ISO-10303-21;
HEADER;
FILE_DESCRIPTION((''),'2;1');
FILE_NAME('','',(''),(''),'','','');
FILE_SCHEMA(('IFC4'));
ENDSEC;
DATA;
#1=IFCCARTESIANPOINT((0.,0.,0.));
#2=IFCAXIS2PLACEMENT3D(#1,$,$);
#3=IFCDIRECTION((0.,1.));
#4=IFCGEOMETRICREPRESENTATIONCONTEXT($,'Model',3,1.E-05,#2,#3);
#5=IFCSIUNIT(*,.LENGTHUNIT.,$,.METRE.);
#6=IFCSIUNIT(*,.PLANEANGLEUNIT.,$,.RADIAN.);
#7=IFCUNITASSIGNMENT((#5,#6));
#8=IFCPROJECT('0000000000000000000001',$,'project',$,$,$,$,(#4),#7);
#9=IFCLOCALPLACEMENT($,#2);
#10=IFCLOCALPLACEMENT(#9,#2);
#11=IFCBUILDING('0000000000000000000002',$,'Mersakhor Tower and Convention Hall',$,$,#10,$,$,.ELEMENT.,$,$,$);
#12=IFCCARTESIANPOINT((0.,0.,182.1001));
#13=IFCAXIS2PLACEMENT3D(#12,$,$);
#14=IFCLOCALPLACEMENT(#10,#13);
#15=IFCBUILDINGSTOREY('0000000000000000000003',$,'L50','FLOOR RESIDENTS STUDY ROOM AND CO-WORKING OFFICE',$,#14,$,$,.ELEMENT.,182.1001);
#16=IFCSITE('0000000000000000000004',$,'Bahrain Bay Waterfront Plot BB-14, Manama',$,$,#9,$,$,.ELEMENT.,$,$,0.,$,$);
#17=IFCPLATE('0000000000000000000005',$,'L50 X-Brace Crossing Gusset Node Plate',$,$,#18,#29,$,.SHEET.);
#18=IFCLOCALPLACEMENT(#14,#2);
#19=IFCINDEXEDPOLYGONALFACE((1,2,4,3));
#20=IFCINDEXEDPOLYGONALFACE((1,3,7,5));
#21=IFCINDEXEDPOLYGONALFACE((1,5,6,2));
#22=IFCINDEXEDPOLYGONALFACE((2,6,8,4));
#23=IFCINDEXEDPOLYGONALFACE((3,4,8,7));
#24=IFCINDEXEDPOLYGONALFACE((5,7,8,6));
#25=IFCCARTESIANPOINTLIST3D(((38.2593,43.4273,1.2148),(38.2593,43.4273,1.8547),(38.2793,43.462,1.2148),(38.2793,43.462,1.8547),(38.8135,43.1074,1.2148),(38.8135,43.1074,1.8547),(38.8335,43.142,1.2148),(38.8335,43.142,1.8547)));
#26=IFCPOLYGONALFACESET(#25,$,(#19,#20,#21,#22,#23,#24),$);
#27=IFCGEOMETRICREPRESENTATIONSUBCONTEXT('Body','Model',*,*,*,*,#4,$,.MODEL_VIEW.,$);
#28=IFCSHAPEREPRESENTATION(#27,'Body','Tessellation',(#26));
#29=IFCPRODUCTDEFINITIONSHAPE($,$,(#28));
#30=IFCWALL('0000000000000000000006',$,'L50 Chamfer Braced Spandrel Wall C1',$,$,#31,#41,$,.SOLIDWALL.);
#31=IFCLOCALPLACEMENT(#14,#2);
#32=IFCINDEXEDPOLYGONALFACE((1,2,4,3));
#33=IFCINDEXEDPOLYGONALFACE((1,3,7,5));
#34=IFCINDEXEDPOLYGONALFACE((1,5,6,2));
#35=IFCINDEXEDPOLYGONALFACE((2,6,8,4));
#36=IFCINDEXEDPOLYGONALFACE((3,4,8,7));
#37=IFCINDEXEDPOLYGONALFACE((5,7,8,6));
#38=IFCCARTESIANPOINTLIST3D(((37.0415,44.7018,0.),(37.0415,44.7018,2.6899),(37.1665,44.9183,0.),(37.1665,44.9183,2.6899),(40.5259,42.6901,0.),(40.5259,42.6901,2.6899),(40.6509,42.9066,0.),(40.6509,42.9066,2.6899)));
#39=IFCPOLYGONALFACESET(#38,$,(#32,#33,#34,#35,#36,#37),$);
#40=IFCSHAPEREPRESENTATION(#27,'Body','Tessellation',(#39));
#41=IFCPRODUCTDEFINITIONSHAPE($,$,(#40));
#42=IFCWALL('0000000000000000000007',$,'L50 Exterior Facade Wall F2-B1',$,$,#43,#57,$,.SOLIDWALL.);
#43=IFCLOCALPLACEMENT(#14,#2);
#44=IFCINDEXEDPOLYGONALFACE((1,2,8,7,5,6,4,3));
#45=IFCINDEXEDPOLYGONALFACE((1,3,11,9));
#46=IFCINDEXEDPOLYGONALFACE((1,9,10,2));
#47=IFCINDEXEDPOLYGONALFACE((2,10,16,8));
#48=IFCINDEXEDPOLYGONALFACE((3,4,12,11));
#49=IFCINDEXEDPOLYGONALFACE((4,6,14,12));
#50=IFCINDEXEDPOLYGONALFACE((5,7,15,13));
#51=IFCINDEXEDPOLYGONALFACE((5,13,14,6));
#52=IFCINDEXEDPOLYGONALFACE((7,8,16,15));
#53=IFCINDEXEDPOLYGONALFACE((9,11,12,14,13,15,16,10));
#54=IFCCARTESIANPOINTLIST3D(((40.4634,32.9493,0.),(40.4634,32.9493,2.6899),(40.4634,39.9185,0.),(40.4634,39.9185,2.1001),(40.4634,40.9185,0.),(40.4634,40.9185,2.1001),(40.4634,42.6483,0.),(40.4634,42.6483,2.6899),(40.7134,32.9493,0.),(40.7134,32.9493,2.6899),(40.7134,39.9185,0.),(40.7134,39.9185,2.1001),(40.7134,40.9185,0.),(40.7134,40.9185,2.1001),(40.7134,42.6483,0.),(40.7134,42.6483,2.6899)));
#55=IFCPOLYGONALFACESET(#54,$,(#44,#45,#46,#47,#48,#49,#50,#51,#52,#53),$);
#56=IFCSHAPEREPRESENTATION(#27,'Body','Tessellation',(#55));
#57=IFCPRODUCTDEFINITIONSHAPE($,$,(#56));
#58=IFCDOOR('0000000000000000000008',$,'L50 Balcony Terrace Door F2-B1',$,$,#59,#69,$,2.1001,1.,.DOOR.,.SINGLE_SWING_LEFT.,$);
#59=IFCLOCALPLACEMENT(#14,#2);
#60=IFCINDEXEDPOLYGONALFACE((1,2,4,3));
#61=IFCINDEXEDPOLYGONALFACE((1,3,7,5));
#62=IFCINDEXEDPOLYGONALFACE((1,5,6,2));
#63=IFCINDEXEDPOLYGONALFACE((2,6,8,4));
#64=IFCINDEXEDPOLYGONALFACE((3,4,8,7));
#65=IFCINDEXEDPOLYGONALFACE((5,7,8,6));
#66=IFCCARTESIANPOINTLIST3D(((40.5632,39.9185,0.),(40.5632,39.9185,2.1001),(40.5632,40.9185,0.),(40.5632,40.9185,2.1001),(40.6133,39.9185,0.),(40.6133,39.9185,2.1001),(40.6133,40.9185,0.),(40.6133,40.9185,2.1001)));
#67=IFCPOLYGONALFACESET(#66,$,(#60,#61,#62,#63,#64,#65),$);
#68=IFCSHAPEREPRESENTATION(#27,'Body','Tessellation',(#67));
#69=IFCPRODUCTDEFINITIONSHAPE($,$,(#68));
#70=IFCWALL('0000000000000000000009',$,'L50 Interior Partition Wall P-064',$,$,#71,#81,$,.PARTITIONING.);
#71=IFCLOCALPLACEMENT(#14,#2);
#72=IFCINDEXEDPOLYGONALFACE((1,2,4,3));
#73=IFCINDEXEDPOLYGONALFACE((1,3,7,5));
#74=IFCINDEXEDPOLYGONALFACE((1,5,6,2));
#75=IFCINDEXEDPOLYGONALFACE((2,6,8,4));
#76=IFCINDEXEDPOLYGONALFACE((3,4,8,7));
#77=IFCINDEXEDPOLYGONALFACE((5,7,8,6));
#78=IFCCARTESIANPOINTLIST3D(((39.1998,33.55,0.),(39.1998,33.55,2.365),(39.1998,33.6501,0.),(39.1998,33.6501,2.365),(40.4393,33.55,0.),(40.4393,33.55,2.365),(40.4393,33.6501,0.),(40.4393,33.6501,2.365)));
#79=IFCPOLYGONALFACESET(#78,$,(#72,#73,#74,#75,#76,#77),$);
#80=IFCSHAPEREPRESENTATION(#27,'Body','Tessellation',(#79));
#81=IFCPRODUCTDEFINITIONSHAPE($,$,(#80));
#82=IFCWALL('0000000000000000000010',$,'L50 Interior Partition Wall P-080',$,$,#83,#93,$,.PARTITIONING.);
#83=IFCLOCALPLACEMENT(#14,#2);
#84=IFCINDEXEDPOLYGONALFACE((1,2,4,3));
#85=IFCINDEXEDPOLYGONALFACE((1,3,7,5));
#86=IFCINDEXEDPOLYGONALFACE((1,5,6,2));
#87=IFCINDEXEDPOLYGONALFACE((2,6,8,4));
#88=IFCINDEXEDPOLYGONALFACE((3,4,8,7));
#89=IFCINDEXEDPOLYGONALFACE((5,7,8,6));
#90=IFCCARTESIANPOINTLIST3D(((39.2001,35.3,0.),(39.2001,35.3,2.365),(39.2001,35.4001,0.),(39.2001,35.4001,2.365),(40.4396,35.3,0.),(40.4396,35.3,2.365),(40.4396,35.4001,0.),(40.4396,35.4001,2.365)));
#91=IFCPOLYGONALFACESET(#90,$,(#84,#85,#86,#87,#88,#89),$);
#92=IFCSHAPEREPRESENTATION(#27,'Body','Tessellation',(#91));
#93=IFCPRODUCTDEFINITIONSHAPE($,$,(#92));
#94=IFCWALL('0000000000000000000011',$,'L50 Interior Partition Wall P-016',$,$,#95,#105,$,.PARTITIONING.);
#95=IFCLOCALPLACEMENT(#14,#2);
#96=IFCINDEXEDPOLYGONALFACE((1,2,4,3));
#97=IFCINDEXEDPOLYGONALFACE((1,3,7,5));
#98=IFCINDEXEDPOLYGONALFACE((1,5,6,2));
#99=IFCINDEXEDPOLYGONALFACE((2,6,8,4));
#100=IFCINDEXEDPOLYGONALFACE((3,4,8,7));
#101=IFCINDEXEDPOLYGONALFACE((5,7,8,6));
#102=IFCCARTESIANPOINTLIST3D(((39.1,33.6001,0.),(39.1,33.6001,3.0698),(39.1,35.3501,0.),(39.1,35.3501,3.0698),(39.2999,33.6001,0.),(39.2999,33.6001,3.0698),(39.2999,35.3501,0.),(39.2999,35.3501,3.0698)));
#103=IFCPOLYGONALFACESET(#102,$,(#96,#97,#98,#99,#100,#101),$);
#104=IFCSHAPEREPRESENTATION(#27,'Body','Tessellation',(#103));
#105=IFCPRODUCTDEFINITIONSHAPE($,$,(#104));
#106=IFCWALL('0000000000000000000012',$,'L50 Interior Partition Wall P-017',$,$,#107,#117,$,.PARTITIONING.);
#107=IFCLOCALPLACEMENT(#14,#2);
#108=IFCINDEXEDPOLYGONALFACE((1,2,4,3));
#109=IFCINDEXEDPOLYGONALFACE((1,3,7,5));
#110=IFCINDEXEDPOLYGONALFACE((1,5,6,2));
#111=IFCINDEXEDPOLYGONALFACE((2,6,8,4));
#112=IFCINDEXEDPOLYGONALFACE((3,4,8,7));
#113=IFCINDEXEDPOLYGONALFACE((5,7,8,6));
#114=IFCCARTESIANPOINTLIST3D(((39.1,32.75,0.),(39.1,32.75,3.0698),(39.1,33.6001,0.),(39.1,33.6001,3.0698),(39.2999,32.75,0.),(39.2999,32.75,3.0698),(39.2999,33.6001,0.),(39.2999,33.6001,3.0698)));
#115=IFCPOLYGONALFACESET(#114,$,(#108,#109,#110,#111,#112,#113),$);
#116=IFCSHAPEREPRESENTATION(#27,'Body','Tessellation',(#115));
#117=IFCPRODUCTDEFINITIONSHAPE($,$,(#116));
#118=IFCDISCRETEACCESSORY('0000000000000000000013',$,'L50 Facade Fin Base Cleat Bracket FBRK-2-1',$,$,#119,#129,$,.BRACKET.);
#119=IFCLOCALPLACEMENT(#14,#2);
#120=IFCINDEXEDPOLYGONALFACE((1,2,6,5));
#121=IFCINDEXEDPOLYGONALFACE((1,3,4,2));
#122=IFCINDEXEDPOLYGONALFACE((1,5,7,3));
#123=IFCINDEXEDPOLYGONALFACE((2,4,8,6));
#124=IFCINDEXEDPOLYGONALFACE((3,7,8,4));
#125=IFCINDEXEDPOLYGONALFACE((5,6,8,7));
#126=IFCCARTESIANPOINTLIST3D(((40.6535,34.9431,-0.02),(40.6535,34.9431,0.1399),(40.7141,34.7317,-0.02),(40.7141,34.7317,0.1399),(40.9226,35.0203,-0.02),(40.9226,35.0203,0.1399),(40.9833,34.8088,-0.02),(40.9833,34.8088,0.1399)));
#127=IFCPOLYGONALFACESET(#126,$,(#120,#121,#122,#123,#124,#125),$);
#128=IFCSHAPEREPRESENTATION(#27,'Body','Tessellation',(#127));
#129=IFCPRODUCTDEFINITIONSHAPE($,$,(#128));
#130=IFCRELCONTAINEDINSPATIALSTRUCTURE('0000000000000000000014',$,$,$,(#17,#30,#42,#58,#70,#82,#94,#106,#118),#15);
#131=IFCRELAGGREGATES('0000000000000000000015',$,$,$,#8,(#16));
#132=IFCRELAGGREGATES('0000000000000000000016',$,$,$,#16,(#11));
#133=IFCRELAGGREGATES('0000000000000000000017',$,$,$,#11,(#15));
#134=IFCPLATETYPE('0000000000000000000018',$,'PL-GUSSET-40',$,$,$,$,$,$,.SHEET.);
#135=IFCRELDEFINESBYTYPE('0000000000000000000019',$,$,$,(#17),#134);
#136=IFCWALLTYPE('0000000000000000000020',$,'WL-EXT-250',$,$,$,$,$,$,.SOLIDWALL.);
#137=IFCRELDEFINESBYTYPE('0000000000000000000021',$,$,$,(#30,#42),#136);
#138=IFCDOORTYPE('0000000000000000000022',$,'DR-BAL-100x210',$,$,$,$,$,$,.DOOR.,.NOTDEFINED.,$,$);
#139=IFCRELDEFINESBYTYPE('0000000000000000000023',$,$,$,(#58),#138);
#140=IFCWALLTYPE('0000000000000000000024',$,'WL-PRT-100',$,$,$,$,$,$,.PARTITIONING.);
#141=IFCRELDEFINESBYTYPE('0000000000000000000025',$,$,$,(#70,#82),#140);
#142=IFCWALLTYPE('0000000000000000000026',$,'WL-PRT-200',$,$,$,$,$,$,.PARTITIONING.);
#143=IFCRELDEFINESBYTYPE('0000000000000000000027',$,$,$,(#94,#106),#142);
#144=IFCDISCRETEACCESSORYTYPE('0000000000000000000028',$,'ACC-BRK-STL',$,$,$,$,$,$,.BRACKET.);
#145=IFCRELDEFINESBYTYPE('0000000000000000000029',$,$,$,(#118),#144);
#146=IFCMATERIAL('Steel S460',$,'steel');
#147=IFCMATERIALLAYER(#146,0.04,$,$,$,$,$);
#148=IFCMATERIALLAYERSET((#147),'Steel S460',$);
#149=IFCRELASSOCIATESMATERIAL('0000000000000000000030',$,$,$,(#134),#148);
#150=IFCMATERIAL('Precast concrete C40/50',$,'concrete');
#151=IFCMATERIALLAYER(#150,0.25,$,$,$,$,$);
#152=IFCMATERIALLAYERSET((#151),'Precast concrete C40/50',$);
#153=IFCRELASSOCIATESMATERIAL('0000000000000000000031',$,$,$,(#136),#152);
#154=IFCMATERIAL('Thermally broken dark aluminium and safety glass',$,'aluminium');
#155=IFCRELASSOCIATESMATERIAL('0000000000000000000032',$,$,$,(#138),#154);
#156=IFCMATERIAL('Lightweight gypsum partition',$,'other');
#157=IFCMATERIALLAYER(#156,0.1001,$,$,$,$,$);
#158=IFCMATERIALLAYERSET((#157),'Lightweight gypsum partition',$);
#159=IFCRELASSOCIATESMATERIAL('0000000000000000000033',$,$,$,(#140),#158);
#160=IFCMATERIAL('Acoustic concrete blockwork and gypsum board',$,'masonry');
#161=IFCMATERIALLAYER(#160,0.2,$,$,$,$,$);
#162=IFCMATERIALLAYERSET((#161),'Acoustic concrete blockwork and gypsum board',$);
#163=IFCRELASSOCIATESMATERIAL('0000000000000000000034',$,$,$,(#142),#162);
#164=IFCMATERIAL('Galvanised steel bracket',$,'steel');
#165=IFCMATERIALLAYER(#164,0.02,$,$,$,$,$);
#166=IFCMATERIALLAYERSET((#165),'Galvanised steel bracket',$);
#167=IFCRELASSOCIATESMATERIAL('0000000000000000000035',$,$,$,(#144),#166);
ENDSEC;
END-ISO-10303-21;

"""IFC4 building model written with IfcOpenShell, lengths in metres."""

from ifc_helpers import new_model, si_unit, direction, frame, frame_2d, origin, origin_2d, place, context, subcontext, project, spatial, rectangle, extrude, material, layer, layer_set, type_object, element, fill, save


model = new_model("IFC4")

# Units and contexts
model_context = context("Model", 3, precision=1e-05, world=origin(), true_north=direction((0.0, 1.0)))
body_context = subcontext(model_context, "Body", "Model", "MODEL_VIEW")
ifc_project = project(units=[si_unit("LENGTHUNIT", "METRE"), si_unit("PLANEANGLEUNIT", "RADIAN")], contexts=[model_context])

# Site, building, storey
site_placement = place(None, origin())
site = spatial("IfcSite", under=ifc_project, at=site_placement, Name="Bahrain Bay Waterfront Plot BB-14, Manama", CompositionType="ELEMENT", RefElevation=0.0)
building_placement = place(site_placement, origin())
building = spatial("IfcBuilding", under=site, at=building_placement, Name="Mersakhor Tower and Convention Hall", CompositionType="ELEMENT")
storey_placement = place(building_placement, frame((0.0, 0.0, 182.1001)))
storey = spatial("IfcBuildingStorey", under=building, at=storey_placement, Name="L50", Description="FLOOR RESIDENTS STUDY ROOM AND CO-WORKING OFFICE", CompositionType="ELEMENT", Elevation=182.1001)

# Plate
ifc_material_1 = material(Name="Steel S460", Category="steel")
ifc_layer_1 = layer(ifc_material_1, 0.04)
ifc_layer_set_1 = layer_set([ifc_layer_1], Name="Steel S460")
plate_type_1 = type_object("IfcPlateType", Name="PL-GUSSET-40", PredefinedType="SHEET", material=ifc_layer_set_1)
plate_1_placement = place(storey_placement, frame((38.5464, 43.2847, 1.2148), z_axis=(0.0, 0.0, 1.0), x_axis=(-0.866025, 0.5, 0.0)))
element("IfcPlate", 1, at=plate_1_placement, inside=storey, type_object=plate_type_1, Name="L50 X-Brace Crossing Gusset Node Plate", PredefinedType="SHEET", context=body_context, shape_type="SweptSolid", body=[
    extrude(rectangle(XDim=0.6399, YDim=0.04, at=origin_2d()), origin(), (0.0, 0.0, 1.0), 0.6399),
])

# Wall
ifc_material_2 = material(Name="Precast concrete C40/50", Category="concrete")
ifc_layer_2 = layer(ifc_material_2, 0.25)
ifc_layer_set_2 = layer_set([ifc_layer_2], Name="Precast concrete C40/50")
wall_type_1 = type_object("IfcWallType", Name="WL-EXT-250", PredefinedType="SOLIDWALL", material=ifc_layer_set_2)
wall_1_placement = place(storey_placement, frame((37.104, 44.8101, 0.0), z_axis=(0.0, 0.0, 1.0), x_axis=(0.866024, -0.500003, 0.0)))
element("IfcWall", 2, at=wall_1_placement, inside=storey, type_object=wall_type_1, Name="L50 Chamfer Braced Spandrel Wall C1", PredefinedType="SOLIDWALL", context=body_context, shape_type="SweptSolid", body=[
    extrude(rectangle(XDim=4.0234, YDim=0.25, at=frame_2d((2.0117, 0.0))), origin(), (0.0, 0.0, 1.0), 2.6899),
])

# Wall, opening, door
wall_2_placement = place(storey_placement, frame((40.5884, 42.6484, 0.0), z_axis=(0.0, 0.0, 1.0), x_axis=(0.0, -1.0, 0.0)))
wall_2 = element("IfcWall", 3, at=wall_2_placement, inside=storey, type_object=wall_type_1, Name="L50 Exterior Facade Wall F2-B1", PredefinedType="SOLIDWALL", context=body_context, shape_type="SweptSolid", body=[
    extrude(rectangle(XDim=9.699, YDim=0.25, at=frame_2d((4.8496, 0.0))), origin(), (0.0, 0.0, 1.0), 2.6899),
])
opening_placement = place(wall_2_placement, frame((1.73, 0.0, 0.0)))
opening = element("IfcOpeningElement", 4, at=opening_placement, cuts=wall_2, PredefinedType="OPENING", context=body_context, shape_type="SweptSolid", body=[
    extrude(rectangle(XDim=1.0, YDim=2.1001, at=frame_2d((0.5, 1.05))), frame((0.0, 0.135, 0.0), z_axis=(0.0, -1.0, 0.0), x_axis=(1.0, 0.0, 0.0)), (0.0, 0.0, 1.0), 0.27),
])
ifc_material_3 = material(Name="Thermally broken dark aluminium and safety glass", Category="aluminium")
door_type = type_object("IfcDoorType", Name="DR-BAL-100x210", OperationType="NOTDEFINED", PredefinedType="DOOR", material=ifc_material_3)
door_placement = place(opening_placement, origin())
door = element("IfcDoor", 5, at=door_placement, inside=storey, type_object=door_type, Name="L50 Balcony Terrace Door F2-B1", OperationType="SINGLE_SWING_LEFT", OverallHeight=2.1001, OverallWidth=1.0, PredefinedType="DOOR", context=body_context, shape_type="SweptSolid", body=[
    extrude(rectangle(XDim=1.0, YDim=2.1001, at=frame_2d((0.5, 1.05))), frame((0.0, 0.0249, 0.0), z_axis=(0.0, -1.0, 0.0), x_axis=(1.0, 0.0, 0.0)), (0.0, 0.0, 1.0), 0.05),
])
fill(opening, door)

# Walls
ifc_material_4 = material(Name="Lightweight gypsum partition", Category="other")
ifc_layer_3 = layer(ifc_material_4, 0.1001)
ifc_layer_set_3 = layer_set([ifc_layer_3], Name="Lightweight gypsum partition")
wall_type_2 = type_object("IfcWallType", Name="WL-PRT-100", PredefinedType="PARTITIONING", material=ifc_layer_set_3)
for number, where, z_axis, x_axis, name in (
    (6, (39.2, 33.6001, 0.0), (0.0, 0.0, 1.0), (1.0, 0.0, 0.0), "L50 Interior Partition Wall P-064"),
    (7, (40.4395, 35.3501, 0.0), (0.0, 0.0, 1.0), (-1.0, 0.0, 0.0), "L50 Interior Partition Wall P-080"),
):
    element("IfcWall", number, at=place(storey_placement, frame(where, z_axis=z_axis, x_axis=x_axis)), inside=storey, type_object=wall_type_2, Name=name, PredefinedType="PARTITIONING", context=body_context, shape_type="SweptSolid", body=[
        extrude(rectangle(XDim=1.2395, YDim=0.1001, at=frame_2d((0.6196, 0.0))), origin(), (0.0, 0.0, 1.0), 2.365),
    ])
ifc_material_5 = material(Name="Acoustic concrete blockwork and gypsum board", Category="masonry")
ifc_layer_4 = layer(ifc_material_5, 0.2)
ifc_layer_set_4 = layer_set([ifc_layer_4], Name="Acoustic concrete blockwork and gypsum board")
wall_type_3 = type_object("IfcWallType", Name="WL-PRT-200", PredefinedType="PARTITIONING", material=ifc_layer_set_4)
wall_3_placement = place(storey_placement, frame((39.2, 35.3501, 0.0), z_axis=(0.0, 0.0, 1.0), x_axis=(0.0, -1.0, 0.0)))
element("IfcWall", 8, at=wall_3_placement, inside=storey, type_object=wall_type_3, Name="L50 Interior Partition Wall P-016", PredefinedType="PARTITIONING", context=body_context, shape_type="SweptSolid", body=[
    extrude(rectangle(XDim=1.75, YDim=0.2, at=frame_2d((0.875, 0.0))), origin(), (0.0, 0.0, 1.0), 3.0698),
])
wall_4_placement = place(storey_placement, frame((39.2, 33.6001, 0.0), z_axis=(0.0, 0.0, 1.0), x_axis=(0.0, -1.0, 0.0)))
element("IfcWall", 9, at=wall_4_placement, inside=storey, type_object=wall_type_3, Name="L50 Interior Partition Wall P-017", PredefinedType="PARTITIONING", context=body_context, shape_type="SweptSolid", body=[
    extrude(rectangle(XDim=0.8501, YDim=0.2, at=frame_2d((0.425, 0.0))), origin(), (0.0, 0.0, 1.0), 3.0698),
])

# Discrete accessory
ifc_material_6 = material(Name="Galvanised steel bracket", Category="steel")
ifc_layer_5 = layer(ifc_material_6, 0.02)
ifc_layer_set_5 = layer_set([ifc_layer_5], Name="Galvanised steel bracket")
discrete_accessory_type = type_object("IfcDiscreteAccessoryType", Name="ACC-BRK-STL", PredefinedType="BRACKET", material=ifc_layer_set_5)
discrete_accessory_placement = place(storey_placement, frame((40.8184, 34.876, -0.02), z_axis=(0.0, 0.0, 1.0), x_axis=(0.961262, 0.275637, 0.0)))
element("IfcDiscreteAccessory", 10, at=discrete_accessory_placement, inside=storey, type_object=discrete_accessory_type, Name="L50 Facade Fin Base Cleat Bracket FBRK-2-1", PredefinedType="BRACKET", context=body_context, shape_type="SweptSolid", body=[
    extrude(rectangle(XDim=0.28, YDim=0.22, at=origin_2d()), origin(), (0.0, 0.0, 1.0), 0.1599),
])

save(model, "model.ifc")
